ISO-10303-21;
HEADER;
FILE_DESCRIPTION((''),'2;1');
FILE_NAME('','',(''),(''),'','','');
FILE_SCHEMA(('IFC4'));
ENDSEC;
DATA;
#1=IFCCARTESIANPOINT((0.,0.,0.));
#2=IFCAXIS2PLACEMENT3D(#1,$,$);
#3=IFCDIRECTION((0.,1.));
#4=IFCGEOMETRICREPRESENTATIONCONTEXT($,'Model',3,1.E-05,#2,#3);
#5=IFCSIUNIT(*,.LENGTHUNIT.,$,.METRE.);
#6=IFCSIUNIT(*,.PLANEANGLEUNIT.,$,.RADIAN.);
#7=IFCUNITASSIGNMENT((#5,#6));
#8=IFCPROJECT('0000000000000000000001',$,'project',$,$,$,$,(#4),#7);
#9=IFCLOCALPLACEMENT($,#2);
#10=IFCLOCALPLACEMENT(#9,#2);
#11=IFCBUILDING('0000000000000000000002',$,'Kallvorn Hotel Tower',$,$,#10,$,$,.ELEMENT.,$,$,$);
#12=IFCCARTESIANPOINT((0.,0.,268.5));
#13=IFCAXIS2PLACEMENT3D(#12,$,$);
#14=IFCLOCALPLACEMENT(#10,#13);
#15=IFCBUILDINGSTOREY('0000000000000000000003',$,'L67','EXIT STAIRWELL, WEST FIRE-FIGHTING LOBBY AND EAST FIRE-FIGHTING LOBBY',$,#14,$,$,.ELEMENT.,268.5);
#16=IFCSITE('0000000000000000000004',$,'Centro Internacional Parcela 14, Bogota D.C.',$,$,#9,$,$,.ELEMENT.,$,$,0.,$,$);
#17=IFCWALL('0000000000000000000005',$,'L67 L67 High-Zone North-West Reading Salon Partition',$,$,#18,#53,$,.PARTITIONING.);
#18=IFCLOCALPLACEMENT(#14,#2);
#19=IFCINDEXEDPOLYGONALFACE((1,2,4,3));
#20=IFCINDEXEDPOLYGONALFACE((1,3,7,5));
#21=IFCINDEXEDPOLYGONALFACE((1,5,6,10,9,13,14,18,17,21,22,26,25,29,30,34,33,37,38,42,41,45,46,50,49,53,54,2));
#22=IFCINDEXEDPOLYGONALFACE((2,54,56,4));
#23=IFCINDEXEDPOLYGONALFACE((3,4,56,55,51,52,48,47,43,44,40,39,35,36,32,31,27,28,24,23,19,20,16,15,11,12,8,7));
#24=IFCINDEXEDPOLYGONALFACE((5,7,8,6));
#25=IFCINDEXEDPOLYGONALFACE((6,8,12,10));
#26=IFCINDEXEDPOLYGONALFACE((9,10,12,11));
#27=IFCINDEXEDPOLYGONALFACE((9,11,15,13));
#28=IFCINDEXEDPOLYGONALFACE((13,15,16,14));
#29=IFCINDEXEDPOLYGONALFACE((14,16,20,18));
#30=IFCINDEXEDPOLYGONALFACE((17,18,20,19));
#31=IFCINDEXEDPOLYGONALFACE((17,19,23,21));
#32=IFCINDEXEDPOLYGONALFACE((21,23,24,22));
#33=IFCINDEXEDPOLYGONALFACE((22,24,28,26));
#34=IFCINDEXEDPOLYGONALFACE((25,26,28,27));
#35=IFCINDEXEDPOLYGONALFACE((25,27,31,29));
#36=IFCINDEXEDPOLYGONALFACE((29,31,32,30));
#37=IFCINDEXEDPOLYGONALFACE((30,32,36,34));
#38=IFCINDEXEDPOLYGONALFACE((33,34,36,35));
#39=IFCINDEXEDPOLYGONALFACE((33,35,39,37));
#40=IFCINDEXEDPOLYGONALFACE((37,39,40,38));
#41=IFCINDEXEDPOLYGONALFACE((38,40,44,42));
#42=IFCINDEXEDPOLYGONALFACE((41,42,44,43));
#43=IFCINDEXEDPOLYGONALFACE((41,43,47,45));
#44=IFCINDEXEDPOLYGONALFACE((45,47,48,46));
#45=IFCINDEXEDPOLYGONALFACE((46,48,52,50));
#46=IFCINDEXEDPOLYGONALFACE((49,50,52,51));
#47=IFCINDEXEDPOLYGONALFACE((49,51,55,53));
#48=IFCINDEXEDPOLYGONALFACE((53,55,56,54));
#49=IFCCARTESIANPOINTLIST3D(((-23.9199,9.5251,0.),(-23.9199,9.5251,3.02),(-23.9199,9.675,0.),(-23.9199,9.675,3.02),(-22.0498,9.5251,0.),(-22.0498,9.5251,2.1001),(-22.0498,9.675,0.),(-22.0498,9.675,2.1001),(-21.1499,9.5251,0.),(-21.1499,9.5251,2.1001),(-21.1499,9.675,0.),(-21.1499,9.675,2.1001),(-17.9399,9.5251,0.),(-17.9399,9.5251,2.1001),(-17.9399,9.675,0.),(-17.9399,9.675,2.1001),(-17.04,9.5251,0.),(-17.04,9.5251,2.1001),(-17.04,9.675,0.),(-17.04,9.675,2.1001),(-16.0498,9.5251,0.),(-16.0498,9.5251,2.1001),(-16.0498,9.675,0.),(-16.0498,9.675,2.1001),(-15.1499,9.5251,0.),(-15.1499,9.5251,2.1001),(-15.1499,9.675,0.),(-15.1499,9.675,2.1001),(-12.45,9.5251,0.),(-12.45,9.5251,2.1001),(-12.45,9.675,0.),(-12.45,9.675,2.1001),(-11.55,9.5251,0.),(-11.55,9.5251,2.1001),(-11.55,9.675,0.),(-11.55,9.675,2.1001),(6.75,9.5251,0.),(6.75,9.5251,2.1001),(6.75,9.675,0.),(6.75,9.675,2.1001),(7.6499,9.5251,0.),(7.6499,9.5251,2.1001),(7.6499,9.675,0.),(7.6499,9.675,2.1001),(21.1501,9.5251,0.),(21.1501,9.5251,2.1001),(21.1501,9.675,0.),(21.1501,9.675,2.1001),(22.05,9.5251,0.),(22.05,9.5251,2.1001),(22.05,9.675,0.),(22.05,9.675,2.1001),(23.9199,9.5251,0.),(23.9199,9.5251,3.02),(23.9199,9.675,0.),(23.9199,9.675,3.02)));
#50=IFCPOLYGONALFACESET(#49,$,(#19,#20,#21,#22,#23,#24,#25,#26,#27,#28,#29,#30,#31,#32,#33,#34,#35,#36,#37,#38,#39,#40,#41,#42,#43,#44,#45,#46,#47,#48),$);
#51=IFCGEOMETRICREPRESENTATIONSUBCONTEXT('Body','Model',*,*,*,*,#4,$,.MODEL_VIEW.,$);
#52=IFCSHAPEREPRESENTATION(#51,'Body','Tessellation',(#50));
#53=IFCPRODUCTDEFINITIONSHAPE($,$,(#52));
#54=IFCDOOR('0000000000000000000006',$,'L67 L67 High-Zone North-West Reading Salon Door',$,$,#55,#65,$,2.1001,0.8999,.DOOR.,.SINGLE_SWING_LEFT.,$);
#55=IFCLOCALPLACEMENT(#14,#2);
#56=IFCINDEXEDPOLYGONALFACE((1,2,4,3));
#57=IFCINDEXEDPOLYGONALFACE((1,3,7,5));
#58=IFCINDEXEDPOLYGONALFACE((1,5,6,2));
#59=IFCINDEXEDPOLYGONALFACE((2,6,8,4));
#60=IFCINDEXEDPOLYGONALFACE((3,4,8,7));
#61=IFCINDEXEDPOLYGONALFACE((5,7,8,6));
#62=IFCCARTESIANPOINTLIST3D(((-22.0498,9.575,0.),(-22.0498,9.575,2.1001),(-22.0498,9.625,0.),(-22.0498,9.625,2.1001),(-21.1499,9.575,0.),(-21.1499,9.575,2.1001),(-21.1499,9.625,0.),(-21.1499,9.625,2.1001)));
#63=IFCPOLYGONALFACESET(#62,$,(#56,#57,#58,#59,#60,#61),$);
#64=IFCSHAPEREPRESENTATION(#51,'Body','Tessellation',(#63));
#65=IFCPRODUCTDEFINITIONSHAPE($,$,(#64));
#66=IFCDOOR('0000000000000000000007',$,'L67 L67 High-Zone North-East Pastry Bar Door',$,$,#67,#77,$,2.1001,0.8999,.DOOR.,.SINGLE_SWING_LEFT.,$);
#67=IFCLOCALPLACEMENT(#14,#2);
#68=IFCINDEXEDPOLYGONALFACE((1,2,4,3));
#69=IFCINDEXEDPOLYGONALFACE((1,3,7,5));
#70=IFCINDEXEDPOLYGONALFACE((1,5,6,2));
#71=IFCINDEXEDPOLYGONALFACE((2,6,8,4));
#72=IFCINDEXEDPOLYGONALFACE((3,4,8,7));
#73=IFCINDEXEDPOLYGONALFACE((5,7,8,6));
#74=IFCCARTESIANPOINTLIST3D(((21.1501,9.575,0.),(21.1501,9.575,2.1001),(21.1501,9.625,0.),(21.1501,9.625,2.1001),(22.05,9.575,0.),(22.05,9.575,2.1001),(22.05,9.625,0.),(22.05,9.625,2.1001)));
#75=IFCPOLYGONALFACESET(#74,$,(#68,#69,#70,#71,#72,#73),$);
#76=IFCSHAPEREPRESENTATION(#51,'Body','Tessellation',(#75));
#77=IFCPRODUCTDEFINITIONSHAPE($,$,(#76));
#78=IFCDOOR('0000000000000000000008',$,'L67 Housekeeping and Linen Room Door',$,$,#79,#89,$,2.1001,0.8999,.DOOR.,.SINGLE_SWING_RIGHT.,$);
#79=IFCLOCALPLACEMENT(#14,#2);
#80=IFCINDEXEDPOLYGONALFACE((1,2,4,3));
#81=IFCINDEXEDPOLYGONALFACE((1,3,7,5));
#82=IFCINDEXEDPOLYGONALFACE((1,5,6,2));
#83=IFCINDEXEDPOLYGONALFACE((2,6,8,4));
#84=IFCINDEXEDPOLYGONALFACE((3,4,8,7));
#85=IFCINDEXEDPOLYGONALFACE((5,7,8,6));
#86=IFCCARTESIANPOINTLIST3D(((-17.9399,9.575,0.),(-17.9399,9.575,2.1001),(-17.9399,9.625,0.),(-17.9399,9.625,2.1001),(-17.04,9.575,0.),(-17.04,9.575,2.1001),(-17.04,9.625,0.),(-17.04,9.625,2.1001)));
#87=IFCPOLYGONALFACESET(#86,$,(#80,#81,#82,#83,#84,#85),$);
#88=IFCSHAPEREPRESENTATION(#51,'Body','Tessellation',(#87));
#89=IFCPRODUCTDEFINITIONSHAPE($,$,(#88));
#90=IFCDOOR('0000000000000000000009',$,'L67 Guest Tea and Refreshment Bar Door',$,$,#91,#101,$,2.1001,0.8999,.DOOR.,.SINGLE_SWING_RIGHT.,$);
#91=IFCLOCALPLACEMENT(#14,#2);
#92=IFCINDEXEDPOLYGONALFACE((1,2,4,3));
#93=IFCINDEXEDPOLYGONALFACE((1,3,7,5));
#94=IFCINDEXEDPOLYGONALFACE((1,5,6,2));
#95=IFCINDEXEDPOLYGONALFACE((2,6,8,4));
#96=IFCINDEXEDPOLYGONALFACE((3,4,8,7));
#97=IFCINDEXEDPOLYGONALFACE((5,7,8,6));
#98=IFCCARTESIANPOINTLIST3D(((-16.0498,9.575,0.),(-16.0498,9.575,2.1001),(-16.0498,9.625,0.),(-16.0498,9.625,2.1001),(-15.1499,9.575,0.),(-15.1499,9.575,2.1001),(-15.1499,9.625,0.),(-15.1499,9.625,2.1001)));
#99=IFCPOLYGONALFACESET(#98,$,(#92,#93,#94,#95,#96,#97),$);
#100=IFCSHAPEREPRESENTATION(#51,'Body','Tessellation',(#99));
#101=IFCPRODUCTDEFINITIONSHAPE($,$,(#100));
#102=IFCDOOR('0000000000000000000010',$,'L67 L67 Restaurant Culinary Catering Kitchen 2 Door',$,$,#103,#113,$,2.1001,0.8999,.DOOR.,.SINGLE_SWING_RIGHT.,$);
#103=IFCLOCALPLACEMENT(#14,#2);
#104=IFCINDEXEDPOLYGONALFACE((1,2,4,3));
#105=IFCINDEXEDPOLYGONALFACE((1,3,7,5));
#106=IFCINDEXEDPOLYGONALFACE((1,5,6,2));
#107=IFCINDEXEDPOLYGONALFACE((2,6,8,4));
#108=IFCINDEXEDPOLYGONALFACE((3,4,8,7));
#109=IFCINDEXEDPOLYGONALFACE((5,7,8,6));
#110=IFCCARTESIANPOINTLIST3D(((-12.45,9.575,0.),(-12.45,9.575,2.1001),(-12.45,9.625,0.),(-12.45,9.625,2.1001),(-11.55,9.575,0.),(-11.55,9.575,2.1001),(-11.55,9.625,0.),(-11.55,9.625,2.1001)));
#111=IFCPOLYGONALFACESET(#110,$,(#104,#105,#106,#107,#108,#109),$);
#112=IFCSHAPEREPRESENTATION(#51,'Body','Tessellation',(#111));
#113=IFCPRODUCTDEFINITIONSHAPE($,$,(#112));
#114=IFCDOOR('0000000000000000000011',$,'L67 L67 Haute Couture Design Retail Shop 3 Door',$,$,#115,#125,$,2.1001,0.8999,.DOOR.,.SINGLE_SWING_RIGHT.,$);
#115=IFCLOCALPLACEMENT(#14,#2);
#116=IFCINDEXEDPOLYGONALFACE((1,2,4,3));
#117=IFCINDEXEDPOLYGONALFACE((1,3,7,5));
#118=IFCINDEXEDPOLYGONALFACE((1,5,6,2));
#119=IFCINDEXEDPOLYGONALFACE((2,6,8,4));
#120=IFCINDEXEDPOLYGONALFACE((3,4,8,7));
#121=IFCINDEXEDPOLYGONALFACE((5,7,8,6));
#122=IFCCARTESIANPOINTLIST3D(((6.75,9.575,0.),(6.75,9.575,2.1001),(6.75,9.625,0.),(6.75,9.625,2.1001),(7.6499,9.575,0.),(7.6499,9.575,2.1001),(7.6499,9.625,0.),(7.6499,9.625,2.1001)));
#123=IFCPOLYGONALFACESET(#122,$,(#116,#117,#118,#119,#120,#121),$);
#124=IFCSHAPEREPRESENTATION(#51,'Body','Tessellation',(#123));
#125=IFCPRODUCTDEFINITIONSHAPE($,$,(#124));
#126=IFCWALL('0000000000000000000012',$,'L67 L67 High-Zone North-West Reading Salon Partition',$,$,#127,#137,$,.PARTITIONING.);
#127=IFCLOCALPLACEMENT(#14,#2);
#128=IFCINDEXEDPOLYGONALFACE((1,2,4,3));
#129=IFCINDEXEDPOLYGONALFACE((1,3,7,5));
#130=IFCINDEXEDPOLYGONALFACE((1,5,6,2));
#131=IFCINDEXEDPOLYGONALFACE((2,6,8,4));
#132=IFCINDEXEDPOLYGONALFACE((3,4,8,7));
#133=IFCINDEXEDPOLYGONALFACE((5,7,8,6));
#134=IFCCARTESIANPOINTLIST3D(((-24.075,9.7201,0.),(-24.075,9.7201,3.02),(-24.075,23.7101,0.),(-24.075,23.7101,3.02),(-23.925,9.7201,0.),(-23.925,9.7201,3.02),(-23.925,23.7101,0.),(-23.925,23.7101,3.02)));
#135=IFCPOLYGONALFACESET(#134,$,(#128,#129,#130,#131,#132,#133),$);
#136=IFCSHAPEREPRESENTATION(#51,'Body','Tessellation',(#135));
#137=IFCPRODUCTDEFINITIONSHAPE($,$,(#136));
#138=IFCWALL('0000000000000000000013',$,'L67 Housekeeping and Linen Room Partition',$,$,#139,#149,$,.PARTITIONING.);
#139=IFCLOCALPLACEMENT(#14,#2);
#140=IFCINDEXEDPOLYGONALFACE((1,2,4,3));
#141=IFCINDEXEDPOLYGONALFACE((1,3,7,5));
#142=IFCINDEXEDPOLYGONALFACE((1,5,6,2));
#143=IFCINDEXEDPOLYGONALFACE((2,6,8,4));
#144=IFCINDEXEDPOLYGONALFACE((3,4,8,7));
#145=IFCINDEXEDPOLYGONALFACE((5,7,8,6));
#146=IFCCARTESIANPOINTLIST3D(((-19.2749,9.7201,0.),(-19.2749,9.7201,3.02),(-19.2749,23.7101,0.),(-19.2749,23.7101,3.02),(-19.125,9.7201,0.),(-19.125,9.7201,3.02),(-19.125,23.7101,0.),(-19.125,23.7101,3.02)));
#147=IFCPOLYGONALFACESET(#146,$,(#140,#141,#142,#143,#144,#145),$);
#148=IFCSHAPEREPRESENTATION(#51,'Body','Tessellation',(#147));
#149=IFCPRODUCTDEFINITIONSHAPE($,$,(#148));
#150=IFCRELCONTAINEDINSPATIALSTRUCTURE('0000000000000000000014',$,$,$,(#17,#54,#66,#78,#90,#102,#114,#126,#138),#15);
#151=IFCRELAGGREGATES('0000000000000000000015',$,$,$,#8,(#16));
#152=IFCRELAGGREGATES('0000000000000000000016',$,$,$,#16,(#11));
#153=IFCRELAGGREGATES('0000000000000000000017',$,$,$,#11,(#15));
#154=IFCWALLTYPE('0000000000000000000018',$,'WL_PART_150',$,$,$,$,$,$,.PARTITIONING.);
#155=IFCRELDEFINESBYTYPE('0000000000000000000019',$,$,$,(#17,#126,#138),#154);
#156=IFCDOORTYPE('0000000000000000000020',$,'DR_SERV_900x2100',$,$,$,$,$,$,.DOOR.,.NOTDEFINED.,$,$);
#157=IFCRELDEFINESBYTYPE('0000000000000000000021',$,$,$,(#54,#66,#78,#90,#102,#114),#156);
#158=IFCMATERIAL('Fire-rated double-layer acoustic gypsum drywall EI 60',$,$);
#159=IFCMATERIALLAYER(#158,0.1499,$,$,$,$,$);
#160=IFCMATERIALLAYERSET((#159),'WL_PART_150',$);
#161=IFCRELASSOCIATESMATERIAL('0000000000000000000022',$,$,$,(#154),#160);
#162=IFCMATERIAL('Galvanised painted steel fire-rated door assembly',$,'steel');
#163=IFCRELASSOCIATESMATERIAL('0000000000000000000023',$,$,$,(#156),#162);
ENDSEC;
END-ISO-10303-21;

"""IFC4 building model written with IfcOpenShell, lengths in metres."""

from ifc_helpers import new_model, si_unit, direction, frame, frame_2d, origin, place, context, subcontext, project, spatial, rectangle, extrude, material, layer, layer_set, type_object, element, fill, save


model = new_model("IFC4")

# Units and contexts
model_context = context("Model", 3, precision=1e-05, world=origin(), true_north=direction((0.0, 1.0)))
body_context = subcontext(model_context, "Body", "Model", "MODEL_VIEW")
ifc_project = project(units=[si_unit("LENGTHUNIT", "METRE"), si_unit("PLANEANGLEUNIT", "RADIAN")], contexts=[model_context])

# Site, building, storey
site_placement = place(None, origin())
site = spatial("IfcSite", under=ifc_project, at=site_placement, Name="Centro Internacional Parcela 14, Bogota D.C.", CompositionType="ELEMENT", RefElevation=0.0)
building_placement = place(site_placement, origin())
building = spatial("IfcBuilding", under=site, at=building_placement, Name="Kallvorn Hotel Tower", CompositionType="ELEMENT")
storey_placement = place(building_placement, frame((0.0, 0.0, 268.5)))
storey = spatial("IfcBuildingStorey", under=building, at=storey_placement, Name="L67", Description="EXIT STAIRWELL, WEST FIRE-FIGHTING LOBBY AND EAST FIRE-FIGHTING LOBBY", CompositionType="ELEMENT", Elevation=268.5)

# Shared definitions
ifc_material_1 = material(Name="Fire-rated double-layer acoustic gypsum drywall EI 60")
ifc_layer_1 = layer(ifc_material_1, 0.1499)
ifc_layer_set_1 = layer_set([ifc_layer_1], Name="WL_PART_150")
wall_type = type_object("IfcWallType", Name="WL_PART_150", PredefinedType="PARTITIONING", material=ifc_layer_set_1)

# Wall, openings, doors
wall_1_placement = place(storey_placement, frame((-23.9199, 9.6001, 0.0), z_axis=(0.0, 0.0, 1.0), x_axis=(1.0, 0.0, 0.0)))
wall_1 = element("IfcWall", 1, at=wall_1_placement, inside=storey, type_object=wall_type, Name="L67 L67 High-Zone North-West Reading Salon Partition", PredefinedType="PARTITIONING", context=body_context, shape_type="SweptSolid", body=[
    extrude(rectangle(XDim=47.8398, YDim=0.1499, at=frame_2d((23.9199, 0.0))), origin(), (0.0, 0.0, 1.0), 3.02),
])
opening_1_placement = place(wall_1_placement, frame((1.8701, 0.0, 0.0)))
opening_1 = element("IfcOpeningElement", 2, at=opening_1_placement, cuts=wall_1, PredefinedType="OPENING", context=body_context, shape_type="SweptSolid", body=[
    extrude(rectangle(XDim=0.8999, YDim=2.1001, at=frame_2d((0.45, 1.05))), frame((0.0, 0.0898, 0.0), z_axis=(0.0, -1.0, 0.0), x_axis=(1.0, 0.0, 0.0)), (0.0, 0.0, 1.0), 0.1799),
])
opening_2_placement = place(wall_1_placement, frame((45.0701, 0.0, 0.0)))
opening_2 = element("IfcOpeningElement", 3, at=opening_2_placement, cuts=wall_1, PredefinedType="OPENING", context=body_context, shape_type="SweptSolid", body=[
    extrude(rectangle(XDim=0.8999, YDim=2.1001, at=frame_2d((0.45, 1.05))), frame((0.0, 0.0898, 0.0), z_axis=(0.0, -1.0, 0.0), x_axis=(1.0, 0.0, 0.0)), (0.0, 0.0, 1.0), 0.1799),
])
opening_3_placement = place(wall_1_placement, frame((5.98, 0.0, 0.0)))
opening_3 = element("IfcOpeningElement", 4, at=opening_3_placement, cuts=wall_1, PredefinedType="OPENING", context=body_context, shape_type="SweptSolid", body=[
    extrude(rectangle(XDim=0.8999, YDim=2.1001, at=frame_2d((0.45, 1.05))), frame((0.0, 0.0898, 0.0), z_axis=(0.0, -1.0, 0.0), x_axis=(1.0, 0.0, 0.0)), (0.0, 0.0, 1.0), 0.1799),
])
opening_4_placement = place(wall_1_placement, frame((7.8701, 0.0, 0.0)))
opening_4 = element("IfcOpeningElement", 5, at=opening_4_placement, cuts=wall_1, PredefinedType="OPENING", context=body_context, shape_type="SweptSolid", body=[
    extrude(rectangle(XDim=0.8999, YDim=2.1001, at=frame_2d((0.45, 1.05))), frame((0.0, 0.0898, 0.0), z_axis=(0.0, -1.0, 0.0), x_axis=(1.0, 0.0, 0.0)), (0.0, 0.0, 1.0), 0.1799),
])
opening_5_placement = place(wall_1_placement, frame((11.47, 0.0, 0.0)))
opening_5 = element("IfcOpeningElement", 6, at=opening_5_placement, cuts=wall_1, PredefinedType="OPENING", context=body_context, shape_type="SweptSolid", body=[
    extrude(rectangle(XDim=0.8999, YDim=2.1001, at=frame_2d((0.45, 1.05))), frame((0.0, 0.0898, 0.0), z_axis=(0.0, -1.0, 0.0), x_axis=(1.0, 0.0, 0.0)), (0.0, 0.0, 1.0), 0.1799),
])
opening_6_placement = place(wall_1_placement, frame((30.6699, 0.0, 0.0)))
opening_6 = element("IfcOpeningElement", 7, at=opening_6_placement, cuts=wall_1, PredefinedType="OPENING", context=body_context, shape_type="SweptSolid", body=[
    extrude(rectangle(XDim=0.8999, YDim=2.1001, at=frame_2d((0.45, 1.05))), frame((0.0, 0.0898, 0.0), z_axis=(0.0, -1.0, 0.0), x_axis=(1.0, 0.0, 0.0)), (0.0, 0.0, 1.0), 0.1799),
])
ifc_material_2 = material(Name="Galvanised painted steel fire-rated door assembly", Category="steel")
door_type = type_object("IfcDoorType", Name="DR_SERV_900x2100", OperationType="NOTDEFINED", PredefinedType="DOOR", material=ifc_material_2)
door_1_placement = place(opening_1_placement, origin())
door_1 = element("IfcDoor", 8, at=door_1_placement, inside=storey, type_object=door_type, Name="L67 L67 High-Zone North-West Reading Salon Door", OperationType="SINGLE_SWING_LEFT", OverallHeight=2.1001, OverallWidth=0.8999, PredefinedType="DOOR", context=body_context, shape_type="SweptSolid", body=[
    extrude(rectangle(XDim=0.8999, YDim=2.1001, at=frame_2d((0.45, 1.05))), frame((0.0, 0.0249, 0.0), z_axis=(0.0, -1.0, 0.0), x_axis=(1.0, 0.0, 0.0)), (0.0, 0.0, 1.0), 0.05),
])
fill(opening_1, door_1)
door_2_placement = place(opening_2_placement, origin())
door_2 = element("IfcDoor", 9, at=door_2_placement, inside=storey, type_object=door_type, Name="L67 L67 High-Zone North-East Pastry Bar Door", OperationType="SINGLE_SWING_LEFT", OverallHeight=2.1001, OverallWidth=0.8999, PredefinedType="DOOR", context=body_context, shape_type="SweptSolid", body=[
    extrude(rectangle(XDim=0.8999, YDim=2.1001, at=frame_2d((0.45, 1.05))), frame((0.0, 0.0249, 0.0), z_axis=(0.0, -1.0, 0.0), x_axis=(1.0, 0.0, 0.0)), (0.0, 0.0, 1.0), 0.05),
])
fill(opening_2, door_2)
door_3_placement = place(opening_3_placement, origin())
door_3 = element("IfcDoor", 10, at=door_3_placement, inside=storey, type_object=door_type, Name="L67 Housekeeping and Linen Room Door", OperationType="SINGLE_SWING_RIGHT", OverallHeight=2.1001, OverallWidth=0.8999, PredefinedType="DOOR", context=body_context, shape_type="SweptSolid", body=[
    extrude(rectangle(XDim=0.8999, YDim=2.1001, at=frame_2d((0.45, 1.05))), frame((0.0, 0.0249, 0.0), z_axis=(0.0, -1.0, 0.0), x_axis=(1.0, 0.0, 0.0)), (0.0, 0.0, 1.0), 0.05),
])
fill(opening_3, door_3)
door_4_placement = place(opening_4_placement, origin())
door_4 = element("IfcDoor", 11, at=door_4_placement, inside=storey, type_object=door_type, Name="L67 Guest Tea and Refreshment Bar Door", OperationType="SINGLE_SWING_RIGHT", OverallHeight=2.1001, OverallWidth=0.8999, PredefinedType="DOOR", context=body_context, shape_type="SweptSolid", body=[
    extrude(rectangle(XDim=0.8999, YDim=2.1001, at=frame_2d((0.45, 1.05))), frame((0.0, 0.0249, 0.0), z_axis=(0.0, -1.0, 0.0), x_axis=(1.0, 0.0, 0.0)), (0.0, 0.0, 1.0), 0.05),
])
fill(opening_4, door_4)
door_5_placement = place(opening_5_placement, origin())
door_5 = element("IfcDoor", 12, at=door_5_placement, inside=storey, type_object=door_type, Name="L67 L67 Restaurant Culinary Catering Kitchen 2 Door", OperationType="SINGLE_SWING_RIGHT", OverallHeight=2.1001, OverallWidth=0.8999, PredefinedType="DOOR", context=body_context, shape_type="SweptSolid", body=[
    extrude(rectangle(XDim=0.8999, YDim=2.1001, at=frame_2d((0.45, 1.05))), frame((0.0, 0.0249, 0.0), z_axis=(0.0, -1.0, 0.0), x_axis=(1.0, 0.0, 0.0)), (0.0, 0.0, 1.0), 0.05),
])
fill(opening_5, door_5)
door_6_placement = place(opening_6_placement, origin())
door_6 = element("IfcDoor", 13, at=door_6_placement, inside=storey, type_object=door_type, Name="L67 L67 Haute Couture Design Retail Shop 3 Door", OperationType="SINGLE_SWING_RIGHT", OverallHeight=2.1001, OverallWidth=0.8999, PredefinedType="DOOR", context=body_context, shape_type="SweptSolid", body=[
    extrude(rectangle(XDim=0.8999, YDim=2.1001, at=frame_2d((0.45, 1.05))), frame((0.0, 0.0249, 0.0), z_axis=(0.0, -1.0, 0.0), x_axis=(1.0, 0.0, 0.0)), (0.0, 0.0, 1.0), 0.05),
])
fill(opening_6, door_6)

# Walls
for number, where, z_axis, x_axis, name in (
    (14, (-24.0, 9.72, 0.0), (0.0, 0.0, 1.0), (0.0, 1.0, 0.0), "L67 L67 High-Zone North-West Reading Salon Partition"),
    (15, (-19.2, 9.72, 0.0), (0.0, 0.0, 1.0), (0.0, 1.0, 0.0), "L67 Housekeeping and Linen Room Partition"),
):
    element("IfcWall", number, at=place(storey_placement, frame(where, z_axis=z_axis, x_axis=x_axis)), inside=storey, type_object=wall_type, Name=name, PredefinedType="PARTITIONING", context=body_context, shape_type="SweptSolid", body=[
        extrude(rectangle(XDim=13.99, YDim=0.1499, at=frame_2d((6.9951, 0.0))), origin(), (0.0, 0.0, 1.0), 3.02),
    ])

save(model, "model.ifc")
